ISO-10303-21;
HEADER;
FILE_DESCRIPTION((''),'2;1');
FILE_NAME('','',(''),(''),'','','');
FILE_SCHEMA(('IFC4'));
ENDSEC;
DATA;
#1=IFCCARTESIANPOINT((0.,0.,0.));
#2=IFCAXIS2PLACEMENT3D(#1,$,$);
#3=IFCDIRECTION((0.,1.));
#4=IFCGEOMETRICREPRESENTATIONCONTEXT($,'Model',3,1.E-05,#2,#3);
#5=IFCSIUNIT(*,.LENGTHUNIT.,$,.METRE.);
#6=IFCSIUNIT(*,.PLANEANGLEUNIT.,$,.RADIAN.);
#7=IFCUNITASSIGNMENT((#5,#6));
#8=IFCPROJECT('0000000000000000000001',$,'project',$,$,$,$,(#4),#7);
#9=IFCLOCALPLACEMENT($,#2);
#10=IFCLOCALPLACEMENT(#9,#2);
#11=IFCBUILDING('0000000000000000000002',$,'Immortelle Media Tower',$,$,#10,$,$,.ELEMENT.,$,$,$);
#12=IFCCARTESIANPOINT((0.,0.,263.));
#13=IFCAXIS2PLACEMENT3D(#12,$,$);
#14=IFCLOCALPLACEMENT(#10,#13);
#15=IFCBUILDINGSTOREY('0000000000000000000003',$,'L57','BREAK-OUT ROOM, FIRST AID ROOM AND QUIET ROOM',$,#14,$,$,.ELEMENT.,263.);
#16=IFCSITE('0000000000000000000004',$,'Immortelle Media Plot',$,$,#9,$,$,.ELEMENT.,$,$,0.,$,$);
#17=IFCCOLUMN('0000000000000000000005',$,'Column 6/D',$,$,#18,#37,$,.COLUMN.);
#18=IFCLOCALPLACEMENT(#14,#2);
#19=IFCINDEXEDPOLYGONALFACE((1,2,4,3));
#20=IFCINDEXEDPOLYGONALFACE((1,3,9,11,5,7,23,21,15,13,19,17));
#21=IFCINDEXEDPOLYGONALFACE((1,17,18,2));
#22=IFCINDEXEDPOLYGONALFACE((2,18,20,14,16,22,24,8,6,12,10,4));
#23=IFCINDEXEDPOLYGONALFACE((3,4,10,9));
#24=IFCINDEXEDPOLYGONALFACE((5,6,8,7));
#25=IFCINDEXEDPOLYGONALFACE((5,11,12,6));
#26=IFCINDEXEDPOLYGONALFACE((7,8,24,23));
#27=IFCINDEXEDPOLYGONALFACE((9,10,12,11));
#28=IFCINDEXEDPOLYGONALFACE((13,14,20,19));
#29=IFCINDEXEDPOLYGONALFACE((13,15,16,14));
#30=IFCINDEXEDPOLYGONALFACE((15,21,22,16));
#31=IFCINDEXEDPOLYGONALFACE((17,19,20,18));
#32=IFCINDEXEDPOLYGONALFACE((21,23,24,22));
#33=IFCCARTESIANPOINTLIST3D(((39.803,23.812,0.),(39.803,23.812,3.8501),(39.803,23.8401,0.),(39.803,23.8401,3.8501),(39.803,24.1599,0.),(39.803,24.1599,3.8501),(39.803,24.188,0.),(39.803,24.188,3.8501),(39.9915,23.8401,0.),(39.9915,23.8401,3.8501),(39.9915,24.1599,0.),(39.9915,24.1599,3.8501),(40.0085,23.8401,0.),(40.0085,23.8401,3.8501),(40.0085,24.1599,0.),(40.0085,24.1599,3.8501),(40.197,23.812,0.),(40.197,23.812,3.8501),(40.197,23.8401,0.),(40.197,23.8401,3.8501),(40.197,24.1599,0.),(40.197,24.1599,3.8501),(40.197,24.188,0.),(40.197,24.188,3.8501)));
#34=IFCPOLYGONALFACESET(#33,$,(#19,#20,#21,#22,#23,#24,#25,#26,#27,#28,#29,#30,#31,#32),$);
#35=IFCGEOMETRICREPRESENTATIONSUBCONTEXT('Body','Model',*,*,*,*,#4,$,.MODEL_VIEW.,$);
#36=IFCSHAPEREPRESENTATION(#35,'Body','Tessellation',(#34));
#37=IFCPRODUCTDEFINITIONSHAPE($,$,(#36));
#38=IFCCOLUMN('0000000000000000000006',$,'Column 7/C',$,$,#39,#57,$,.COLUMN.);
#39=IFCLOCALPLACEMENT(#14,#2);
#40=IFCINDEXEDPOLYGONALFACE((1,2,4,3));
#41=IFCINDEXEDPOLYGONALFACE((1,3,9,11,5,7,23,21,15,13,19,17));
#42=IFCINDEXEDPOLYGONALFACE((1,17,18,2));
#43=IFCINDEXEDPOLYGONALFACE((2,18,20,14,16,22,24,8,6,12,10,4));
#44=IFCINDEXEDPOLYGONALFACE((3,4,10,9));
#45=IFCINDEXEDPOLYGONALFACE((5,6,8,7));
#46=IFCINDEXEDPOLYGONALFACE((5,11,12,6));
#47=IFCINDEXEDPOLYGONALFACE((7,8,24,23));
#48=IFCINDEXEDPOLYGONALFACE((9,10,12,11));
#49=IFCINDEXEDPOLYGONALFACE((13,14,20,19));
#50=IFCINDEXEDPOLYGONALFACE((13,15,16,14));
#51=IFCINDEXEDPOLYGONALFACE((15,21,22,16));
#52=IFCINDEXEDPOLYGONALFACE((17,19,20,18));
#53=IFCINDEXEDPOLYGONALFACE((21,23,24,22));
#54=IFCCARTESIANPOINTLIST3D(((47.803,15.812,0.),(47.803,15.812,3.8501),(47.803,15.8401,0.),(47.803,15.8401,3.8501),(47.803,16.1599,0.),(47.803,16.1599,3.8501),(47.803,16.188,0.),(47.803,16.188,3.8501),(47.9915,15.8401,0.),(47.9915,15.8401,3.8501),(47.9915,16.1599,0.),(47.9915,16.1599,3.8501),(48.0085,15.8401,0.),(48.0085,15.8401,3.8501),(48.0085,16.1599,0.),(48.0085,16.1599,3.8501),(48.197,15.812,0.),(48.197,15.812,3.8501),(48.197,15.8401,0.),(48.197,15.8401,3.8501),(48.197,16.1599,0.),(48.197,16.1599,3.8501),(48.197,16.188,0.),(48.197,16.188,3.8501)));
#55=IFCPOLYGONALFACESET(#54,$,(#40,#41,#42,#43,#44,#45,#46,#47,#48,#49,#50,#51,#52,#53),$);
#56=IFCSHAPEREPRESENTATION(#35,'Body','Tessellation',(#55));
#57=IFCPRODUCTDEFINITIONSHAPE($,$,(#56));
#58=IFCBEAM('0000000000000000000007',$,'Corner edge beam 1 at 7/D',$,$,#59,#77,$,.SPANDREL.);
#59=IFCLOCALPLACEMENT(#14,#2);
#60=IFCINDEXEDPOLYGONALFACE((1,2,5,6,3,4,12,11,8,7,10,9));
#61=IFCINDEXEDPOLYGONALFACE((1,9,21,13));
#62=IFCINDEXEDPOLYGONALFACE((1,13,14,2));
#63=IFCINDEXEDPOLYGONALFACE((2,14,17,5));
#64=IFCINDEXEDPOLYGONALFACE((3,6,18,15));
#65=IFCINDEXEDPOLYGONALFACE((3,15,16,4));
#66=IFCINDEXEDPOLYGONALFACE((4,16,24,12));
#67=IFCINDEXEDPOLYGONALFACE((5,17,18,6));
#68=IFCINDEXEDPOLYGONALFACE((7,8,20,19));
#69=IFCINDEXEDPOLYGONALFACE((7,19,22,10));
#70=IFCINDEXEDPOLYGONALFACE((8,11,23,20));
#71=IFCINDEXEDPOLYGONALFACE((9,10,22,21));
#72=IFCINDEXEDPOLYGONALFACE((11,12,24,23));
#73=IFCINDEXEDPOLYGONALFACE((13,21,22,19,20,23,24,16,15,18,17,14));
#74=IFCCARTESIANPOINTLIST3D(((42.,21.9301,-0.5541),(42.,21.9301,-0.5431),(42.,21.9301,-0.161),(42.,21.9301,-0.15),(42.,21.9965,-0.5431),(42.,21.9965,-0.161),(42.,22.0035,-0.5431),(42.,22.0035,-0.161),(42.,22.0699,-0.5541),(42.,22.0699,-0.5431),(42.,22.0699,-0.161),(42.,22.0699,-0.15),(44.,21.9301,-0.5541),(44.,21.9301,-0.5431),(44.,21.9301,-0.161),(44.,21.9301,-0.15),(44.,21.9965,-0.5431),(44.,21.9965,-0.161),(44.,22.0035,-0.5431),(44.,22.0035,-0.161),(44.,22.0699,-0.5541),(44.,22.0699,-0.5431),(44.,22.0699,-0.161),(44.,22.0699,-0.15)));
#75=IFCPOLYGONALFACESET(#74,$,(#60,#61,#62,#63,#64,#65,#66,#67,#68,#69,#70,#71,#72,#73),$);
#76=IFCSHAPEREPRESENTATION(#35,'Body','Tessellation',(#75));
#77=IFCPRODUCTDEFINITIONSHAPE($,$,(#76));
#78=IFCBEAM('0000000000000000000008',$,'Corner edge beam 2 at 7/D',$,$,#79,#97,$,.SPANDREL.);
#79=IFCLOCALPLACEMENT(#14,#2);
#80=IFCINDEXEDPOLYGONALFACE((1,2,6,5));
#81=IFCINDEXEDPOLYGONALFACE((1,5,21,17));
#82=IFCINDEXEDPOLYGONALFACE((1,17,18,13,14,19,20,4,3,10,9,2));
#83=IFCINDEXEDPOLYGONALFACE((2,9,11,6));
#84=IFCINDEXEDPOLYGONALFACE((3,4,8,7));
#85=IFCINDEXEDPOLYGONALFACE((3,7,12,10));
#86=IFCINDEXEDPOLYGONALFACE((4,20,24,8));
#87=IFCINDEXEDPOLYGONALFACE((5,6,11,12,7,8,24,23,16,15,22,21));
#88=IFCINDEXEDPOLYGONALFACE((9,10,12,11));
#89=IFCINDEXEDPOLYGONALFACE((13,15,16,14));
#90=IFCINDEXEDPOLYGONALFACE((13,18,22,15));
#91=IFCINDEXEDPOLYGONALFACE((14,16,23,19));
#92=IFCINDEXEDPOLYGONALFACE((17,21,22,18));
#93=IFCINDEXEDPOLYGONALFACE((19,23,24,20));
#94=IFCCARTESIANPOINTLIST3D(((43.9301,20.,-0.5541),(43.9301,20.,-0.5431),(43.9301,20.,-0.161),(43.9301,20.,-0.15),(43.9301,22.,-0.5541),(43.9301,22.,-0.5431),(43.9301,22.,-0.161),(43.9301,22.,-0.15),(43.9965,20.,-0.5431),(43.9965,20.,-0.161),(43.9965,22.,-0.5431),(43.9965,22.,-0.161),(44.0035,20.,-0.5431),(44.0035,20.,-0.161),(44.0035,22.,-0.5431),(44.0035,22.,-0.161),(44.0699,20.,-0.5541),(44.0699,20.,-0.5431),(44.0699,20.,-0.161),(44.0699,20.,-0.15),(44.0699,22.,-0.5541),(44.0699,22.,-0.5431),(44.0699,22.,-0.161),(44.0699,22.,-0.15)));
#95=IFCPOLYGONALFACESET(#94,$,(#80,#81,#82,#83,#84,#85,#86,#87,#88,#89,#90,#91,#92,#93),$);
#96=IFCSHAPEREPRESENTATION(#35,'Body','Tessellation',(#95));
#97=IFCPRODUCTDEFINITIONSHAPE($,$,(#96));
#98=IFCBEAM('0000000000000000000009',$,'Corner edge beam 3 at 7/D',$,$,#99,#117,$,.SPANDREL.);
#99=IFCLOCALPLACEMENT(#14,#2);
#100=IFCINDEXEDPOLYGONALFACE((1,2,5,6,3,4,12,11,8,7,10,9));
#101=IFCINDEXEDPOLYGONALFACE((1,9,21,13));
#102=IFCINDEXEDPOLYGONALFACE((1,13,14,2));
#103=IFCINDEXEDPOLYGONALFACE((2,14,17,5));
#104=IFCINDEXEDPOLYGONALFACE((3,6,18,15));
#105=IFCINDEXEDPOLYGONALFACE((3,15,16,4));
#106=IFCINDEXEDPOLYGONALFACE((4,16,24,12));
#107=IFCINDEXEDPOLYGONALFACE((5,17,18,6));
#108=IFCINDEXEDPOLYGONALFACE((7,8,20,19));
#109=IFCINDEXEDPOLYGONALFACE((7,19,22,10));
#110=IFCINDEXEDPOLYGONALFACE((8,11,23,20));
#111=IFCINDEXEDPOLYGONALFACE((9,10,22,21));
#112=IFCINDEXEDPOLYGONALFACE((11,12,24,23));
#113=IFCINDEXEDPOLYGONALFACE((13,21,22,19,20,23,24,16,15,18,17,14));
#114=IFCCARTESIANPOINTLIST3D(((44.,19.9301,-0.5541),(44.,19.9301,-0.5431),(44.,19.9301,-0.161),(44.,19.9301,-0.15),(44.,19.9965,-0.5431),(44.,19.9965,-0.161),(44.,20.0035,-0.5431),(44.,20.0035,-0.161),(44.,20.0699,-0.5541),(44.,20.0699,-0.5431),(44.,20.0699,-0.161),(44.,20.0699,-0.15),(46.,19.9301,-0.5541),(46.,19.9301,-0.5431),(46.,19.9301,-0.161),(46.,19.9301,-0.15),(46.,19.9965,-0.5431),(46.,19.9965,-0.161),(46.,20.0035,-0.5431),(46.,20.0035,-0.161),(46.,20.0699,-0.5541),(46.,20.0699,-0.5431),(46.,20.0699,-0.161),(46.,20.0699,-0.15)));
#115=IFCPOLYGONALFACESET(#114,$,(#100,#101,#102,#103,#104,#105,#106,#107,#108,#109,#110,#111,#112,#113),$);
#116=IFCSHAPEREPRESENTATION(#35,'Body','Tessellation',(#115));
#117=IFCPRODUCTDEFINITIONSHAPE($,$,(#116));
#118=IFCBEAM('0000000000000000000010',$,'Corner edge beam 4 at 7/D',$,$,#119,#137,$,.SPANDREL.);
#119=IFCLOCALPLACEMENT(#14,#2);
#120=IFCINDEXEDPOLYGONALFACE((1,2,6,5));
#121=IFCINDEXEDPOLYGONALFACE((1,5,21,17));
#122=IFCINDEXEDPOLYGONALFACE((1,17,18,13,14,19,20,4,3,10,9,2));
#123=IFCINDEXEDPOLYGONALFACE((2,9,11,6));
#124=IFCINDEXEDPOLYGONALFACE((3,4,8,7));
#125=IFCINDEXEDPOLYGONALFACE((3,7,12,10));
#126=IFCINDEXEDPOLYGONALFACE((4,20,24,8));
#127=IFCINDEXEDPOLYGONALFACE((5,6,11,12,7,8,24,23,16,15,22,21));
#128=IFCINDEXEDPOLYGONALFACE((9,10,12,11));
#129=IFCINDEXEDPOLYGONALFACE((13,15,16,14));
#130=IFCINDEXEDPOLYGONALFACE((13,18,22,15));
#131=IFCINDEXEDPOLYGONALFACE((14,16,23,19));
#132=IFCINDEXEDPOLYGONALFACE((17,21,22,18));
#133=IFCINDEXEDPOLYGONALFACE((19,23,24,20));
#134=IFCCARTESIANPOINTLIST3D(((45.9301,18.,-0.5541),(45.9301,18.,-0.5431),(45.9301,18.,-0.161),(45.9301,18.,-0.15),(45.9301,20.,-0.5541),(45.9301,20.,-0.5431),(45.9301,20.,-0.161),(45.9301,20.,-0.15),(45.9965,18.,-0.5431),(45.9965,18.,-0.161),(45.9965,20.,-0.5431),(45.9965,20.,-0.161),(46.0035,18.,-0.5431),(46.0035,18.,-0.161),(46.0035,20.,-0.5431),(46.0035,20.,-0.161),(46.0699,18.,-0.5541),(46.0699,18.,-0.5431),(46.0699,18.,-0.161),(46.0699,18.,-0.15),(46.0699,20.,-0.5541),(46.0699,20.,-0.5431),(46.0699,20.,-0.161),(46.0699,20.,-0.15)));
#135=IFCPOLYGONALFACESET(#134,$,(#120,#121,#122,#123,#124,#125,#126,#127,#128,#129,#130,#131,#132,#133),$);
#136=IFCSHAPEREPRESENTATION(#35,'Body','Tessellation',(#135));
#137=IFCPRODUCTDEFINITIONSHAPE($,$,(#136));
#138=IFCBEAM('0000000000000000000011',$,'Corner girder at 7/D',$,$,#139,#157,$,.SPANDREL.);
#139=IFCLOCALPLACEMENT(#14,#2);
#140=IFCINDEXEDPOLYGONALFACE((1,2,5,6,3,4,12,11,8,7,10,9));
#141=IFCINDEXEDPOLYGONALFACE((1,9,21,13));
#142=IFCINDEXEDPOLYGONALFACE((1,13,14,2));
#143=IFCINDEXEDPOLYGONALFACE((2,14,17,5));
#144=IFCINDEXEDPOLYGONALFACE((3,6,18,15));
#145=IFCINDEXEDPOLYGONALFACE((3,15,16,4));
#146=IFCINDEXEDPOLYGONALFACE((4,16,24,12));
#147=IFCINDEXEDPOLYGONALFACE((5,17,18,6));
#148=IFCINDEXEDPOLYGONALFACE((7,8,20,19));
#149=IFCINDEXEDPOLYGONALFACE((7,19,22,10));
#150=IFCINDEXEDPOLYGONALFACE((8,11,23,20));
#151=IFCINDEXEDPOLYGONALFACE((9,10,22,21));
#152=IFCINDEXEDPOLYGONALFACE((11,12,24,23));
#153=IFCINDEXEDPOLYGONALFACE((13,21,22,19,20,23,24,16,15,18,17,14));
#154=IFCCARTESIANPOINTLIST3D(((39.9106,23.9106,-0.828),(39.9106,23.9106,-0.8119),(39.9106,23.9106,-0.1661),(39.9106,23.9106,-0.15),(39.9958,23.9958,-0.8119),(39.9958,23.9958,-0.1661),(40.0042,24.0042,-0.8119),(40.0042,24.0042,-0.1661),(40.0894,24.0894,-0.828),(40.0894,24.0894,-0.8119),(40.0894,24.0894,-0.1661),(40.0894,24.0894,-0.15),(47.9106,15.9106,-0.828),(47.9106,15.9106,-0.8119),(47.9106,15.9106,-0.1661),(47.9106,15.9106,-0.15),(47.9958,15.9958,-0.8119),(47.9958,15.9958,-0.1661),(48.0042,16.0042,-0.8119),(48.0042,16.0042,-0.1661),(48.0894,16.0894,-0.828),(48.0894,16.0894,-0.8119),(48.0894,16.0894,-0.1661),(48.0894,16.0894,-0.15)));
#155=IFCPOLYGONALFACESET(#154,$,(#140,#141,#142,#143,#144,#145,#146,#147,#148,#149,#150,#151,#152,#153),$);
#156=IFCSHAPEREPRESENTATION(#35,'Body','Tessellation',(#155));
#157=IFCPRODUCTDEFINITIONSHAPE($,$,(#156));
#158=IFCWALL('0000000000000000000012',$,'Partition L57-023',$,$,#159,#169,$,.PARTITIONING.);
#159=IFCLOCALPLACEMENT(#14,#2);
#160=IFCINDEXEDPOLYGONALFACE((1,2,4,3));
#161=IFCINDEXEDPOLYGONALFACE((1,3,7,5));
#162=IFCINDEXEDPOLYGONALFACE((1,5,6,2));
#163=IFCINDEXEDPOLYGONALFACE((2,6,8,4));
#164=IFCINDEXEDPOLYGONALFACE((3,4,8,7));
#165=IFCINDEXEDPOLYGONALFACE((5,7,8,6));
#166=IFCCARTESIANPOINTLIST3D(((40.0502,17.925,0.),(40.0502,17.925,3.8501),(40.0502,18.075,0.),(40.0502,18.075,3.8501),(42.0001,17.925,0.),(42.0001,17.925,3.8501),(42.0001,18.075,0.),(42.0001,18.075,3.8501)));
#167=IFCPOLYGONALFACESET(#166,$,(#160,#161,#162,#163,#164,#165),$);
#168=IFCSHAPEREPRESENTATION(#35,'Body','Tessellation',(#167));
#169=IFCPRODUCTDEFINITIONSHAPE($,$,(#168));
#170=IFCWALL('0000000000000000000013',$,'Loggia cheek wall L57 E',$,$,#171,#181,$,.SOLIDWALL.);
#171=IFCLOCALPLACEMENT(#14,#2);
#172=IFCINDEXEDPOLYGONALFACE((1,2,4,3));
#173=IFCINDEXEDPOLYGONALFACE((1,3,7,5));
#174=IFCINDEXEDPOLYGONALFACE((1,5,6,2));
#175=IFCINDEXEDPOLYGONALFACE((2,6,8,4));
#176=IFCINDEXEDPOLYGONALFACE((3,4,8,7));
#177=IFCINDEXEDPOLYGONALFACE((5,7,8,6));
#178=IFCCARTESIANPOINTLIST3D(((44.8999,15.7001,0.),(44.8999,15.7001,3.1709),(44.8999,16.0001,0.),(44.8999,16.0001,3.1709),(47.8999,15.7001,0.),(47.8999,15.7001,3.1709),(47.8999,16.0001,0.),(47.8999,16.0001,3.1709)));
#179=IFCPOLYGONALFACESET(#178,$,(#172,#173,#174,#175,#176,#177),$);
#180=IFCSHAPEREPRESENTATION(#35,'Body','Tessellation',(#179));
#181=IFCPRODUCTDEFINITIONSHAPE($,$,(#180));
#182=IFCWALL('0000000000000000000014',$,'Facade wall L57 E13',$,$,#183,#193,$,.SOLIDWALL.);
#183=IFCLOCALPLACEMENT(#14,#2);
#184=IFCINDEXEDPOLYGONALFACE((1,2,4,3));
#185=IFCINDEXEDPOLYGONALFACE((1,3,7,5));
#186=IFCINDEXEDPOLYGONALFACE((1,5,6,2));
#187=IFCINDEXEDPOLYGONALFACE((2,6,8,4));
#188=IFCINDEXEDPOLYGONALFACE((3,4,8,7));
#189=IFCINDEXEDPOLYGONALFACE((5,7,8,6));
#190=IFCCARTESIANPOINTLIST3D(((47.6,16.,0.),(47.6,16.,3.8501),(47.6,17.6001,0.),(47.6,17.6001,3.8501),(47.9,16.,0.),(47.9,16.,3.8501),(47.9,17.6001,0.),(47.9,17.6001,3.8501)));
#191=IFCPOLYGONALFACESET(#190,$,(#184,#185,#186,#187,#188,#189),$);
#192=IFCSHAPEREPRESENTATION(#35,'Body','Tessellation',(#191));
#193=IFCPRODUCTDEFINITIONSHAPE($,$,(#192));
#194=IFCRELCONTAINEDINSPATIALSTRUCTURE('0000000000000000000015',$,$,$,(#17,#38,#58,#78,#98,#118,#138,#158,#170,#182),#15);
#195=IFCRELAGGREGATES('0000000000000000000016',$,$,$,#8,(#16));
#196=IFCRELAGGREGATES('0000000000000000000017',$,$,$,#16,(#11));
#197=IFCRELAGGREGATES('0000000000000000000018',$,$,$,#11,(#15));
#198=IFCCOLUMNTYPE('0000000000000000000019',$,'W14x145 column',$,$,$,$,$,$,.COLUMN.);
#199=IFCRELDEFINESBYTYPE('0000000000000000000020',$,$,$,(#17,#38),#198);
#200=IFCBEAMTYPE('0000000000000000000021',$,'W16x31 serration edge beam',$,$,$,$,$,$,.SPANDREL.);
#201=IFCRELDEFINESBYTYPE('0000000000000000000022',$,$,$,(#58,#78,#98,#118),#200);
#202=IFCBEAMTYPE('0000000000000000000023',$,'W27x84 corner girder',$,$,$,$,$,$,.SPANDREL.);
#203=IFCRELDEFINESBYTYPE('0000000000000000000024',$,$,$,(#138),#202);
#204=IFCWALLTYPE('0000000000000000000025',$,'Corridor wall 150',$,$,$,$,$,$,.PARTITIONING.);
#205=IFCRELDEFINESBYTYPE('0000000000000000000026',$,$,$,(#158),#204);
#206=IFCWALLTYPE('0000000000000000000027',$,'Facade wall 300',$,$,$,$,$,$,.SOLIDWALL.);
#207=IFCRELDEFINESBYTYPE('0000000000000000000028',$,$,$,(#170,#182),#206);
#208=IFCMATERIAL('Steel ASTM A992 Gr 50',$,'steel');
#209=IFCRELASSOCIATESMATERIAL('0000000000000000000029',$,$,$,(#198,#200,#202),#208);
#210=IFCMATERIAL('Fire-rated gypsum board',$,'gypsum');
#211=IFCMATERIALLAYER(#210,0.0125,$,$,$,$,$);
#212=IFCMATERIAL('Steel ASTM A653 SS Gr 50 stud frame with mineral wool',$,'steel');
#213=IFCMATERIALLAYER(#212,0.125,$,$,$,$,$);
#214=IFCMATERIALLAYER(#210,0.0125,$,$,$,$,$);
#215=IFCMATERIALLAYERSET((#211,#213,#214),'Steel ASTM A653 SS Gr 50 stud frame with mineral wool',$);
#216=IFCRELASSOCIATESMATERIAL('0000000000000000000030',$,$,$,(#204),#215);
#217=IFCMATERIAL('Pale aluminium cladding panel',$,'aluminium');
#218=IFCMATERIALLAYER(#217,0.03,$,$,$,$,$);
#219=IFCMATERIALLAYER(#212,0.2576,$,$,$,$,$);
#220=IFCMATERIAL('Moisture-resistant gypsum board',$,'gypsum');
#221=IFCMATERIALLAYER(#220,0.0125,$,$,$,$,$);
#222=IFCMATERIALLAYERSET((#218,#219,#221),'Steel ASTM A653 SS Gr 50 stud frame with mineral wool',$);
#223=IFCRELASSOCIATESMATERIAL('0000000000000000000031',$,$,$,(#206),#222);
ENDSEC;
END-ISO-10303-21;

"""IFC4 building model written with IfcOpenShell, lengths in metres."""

from ifc_helpers import new_model, si_unit, direction, frame, frame_2d, origin, origin_2d, place, context, subcontext, project, spatial, rectangle, i_section, extrude, material, layer, layer_set, material_profile, profile_set, type_object, element, save


model = new_model("IFC4")

# Units and contexts
model_context = context("Model", 3, precision=1e-05, world=origin(), true_north=direction((0.0, 1.0)))
body_context = subcontext(model_context, "Body", "Model", "MODEL_VIEW")
ifc_project = project(units=[si_unit("LENGTHUNIT", "METRE"), si_unit("PLANEANGLEUNIT", "RADIAN")], contexts=[model_context])

# Site, building, storey
site_placement = place(None, origin())
site = spatial("IfcSite", under=ifc_project, at=site_placement, Name="Immortelle Media Plot", CompositionType="ELEMENT", RefElevation=0.0)
building_placement = place(site_placement, origin())
building = spatial("IfcBuilding", under=site, at=building_placement, Name="Immortelle Media Tower", CompositionType="ELEMENT")
storey_placement = place(building_placement, frame((0.0, 0.0, 263.0)))
storey = spatial("IfcBuildingStorey", under=building, at=storey_placement, Name="L57", Description="BREAK-OUT ROOM, FIRST AID ROOM AND QUIET ROOM", CompositionType="ELEMENT", Elevation=263.0)

# Columns
ifc_material_1 = material(Name="Steel ASTM A992 Gr 50", Category="steel")
ifc_material_profile_1 = material_profile(ifc_material_1, i_section(OverallWidth=0.394, OverallDepth=0.376, WebThickness=0.0171, FlangeThickness=0.0281, at=origin_2d()), Name="W14x145")
ifc_profile_set_1 = profile_set([ifc_material_profile_1], Name="Steel ASTM A992 Gr 50")
column_type = type_object("IfcColumnType", Name="W14x145 column", PredefinedType="COLUMN", material=ifc_profile_set_1)
for number, where, z_axis, x_axis, name in (
    (1, (40.0, 24.0, 0.0), (0.0, 0.0, 1.0), (1.0, 0.0, 0.0), "Column 6/D"),
    (2, (48.0, 16.0, 0.0), (0.0, 0.0, 1.0), (1.0, 0.0, 0.0), "Column 7/C"),
):
    element("IfcColumn", number, at=place(storey_placement, frame(where, z_axis=z_axis, x_axis=x_axis)), inside=storey, type_object=column_type, Name=name, PredefinedType="COLUMN", context=body_context, shape_type="SweptSolid", body=[
        extrude(i_section(OverallWidth=0.394, OverallDepth=0.376, WebThickness=0.0171, FlangeThickness=0.0281, at=origin_2d()), origin(), (0.0, 0.0, 1.0), 3.8501),
    ])

# Beams
ifc_material_profile_2 = material_profile(ifc_material_1, i_section(OverallWidth=0.1399, OverallDepth=0.4041, WebThickness=0.0071, FlangeThickness=0.011, at=origin_2d()), Name="W16x31")
ifc_profile_set_2 = profile_set([ifc_material_profile_2], Name="Steel ASTM A992 Gr 50")
beam_type_1 = type_object("IfcBeamType", Name="W16x31 serration edge beam", PredefinedType="SPANDREL", material=ifc_profile_set_2)
for number, where, z_axis, x_axis, name in (
    (3, (42.0, 22.0, -0.3521), (1.0, 0.0, 0.0), (0.0, 1.0, 0.0), "Corner edge beam 1 at 7/D"),
    (4, (44.0, 22.0, -0.3521), (0.0, -1.0, 0.0), (1.0, 0.0, 0.0), "Corner edge beam 2 at 7/D"),
    (5, (44.0, 20.0, -0.3521), (1.0, 0.0, 0.0), (0.0, 1.0, 0.0), "Corner edge beam 3 at 7/D"),
    (6, (46.0, 20.0, -0.3521), (0.0, -1.0, 0.0), (1.0, 0.0, 0.0), "Corner edge beam 4 at 7/D"),
):
    element("IfcBeam", number, at=place(storey_placement, frame(where, z_axis=z_axis, x_axis=x_axis)), inside=storey, type_object=beam_type_1, Name=name, PredefinedType="SPANDREL", context=body_context, shape_type="SweptSolid", body=[
        extrude(i_section(OverallWidth=0.1399, OverallDepth=0.4041, WebThickness=0.0071, FlangeThickness=0.011, at=origin_2d()), origin(), (0.0, 0.0, 1.0), 2.0),
    ])
ifc_material_profile_3 = material_profile(ifc_material_1, i_section(OverallWidth=0.2529, OverallDepth=0.678, WebThickness=0.012, FlangeThickness=0.0161, at=origin_2d()), Name="W27x84")
ifc_profile_set_3 = profile_set([ifc_material_profile_3], Name="Steel ASTM A992 Gr 50")
beam_type_2 = type_object("IfcBeamType", Name="W27x84 corner girder", PredefinedType="SPANDREL", material=ifc_profile_set_3)
beam_placement = place(storey_placement, frame((40.0, 24.0, -0.489), z_axis=(0.707107, -0.707107, 0.0), x_axis=(0.707107, 0.707107, 0.0)))
element("IfcBeam", 7, at=beam_placement, inside=storey, type_object=beam_type_2, Name="Corner girder at 7/D", PredefinedType="SPANDREL", context=body_context, shape_type="SweptSolid", body=[
    extrude(i_section(OverallWidth=0.2529, OverallDepth=0.678, WebThickness=0.012, FlangeThickness=0.0161, at=origin_2d()), origin(), (0.0, 0.0, 1.0), 11.3137),
])

# Walls
ifc_material_2 = material(Name="Fire-rated gypsum board", Category="gypsum")
ifc_layer_1 = layer(ifc_material_2, 0.0125)
ifc_material_3 = material(Name="Steel ASTM A653 SS Gr 50 stud frame with mineral wool", Category="steel")
ifc_layer_2 = layer(ifc_material_3, 0.125)
ifc_layer_3 = layer(ifc_material_2, 0.0125)
ifc_layer_set_1 = layer_set([ifc_layer_1, ifc_layer_2, ifc_layer_3], Name="Steel ASTM A653 SS Gr 50 stud frame with mineral wool")
wall_type_1 = type_object("IfcWallType", Name="Corridor wall 150", PredefinedType="PARTITIONING", material=ifc_layer_set_1)
wall_1_placement = place(storey_placement, frame((40.05, 18.0, 0.0), z_axis=(0.0, 0.0, 1.0), x_axis=(1.0, 0.0, 0.0)))
element("IfcWall", 8, at=wall_1_placement, inside=storey, type_object=wall_type_1, Name="Partition L57-023", PredefinedType="PARTITIONING", context=body_context, shape_type="SweptSolid", body=[
    extrude(rectangle(XDim=1.95, YDim=0.1499, at=frame_2d((0.9751, 0.0))), origin(), (0.0, 0.0, 1.0), 3.8501),
])
ifc_material_4 = material(Name="Pale aluminium cladding panel", Category="aluminium")
ifc_layer_4 = layer(ifc_material_4, 0.03)
ifc_layer_5 = layer(ifc_material_3, 0.2576)
ifc_material_5 = material(Name="Moisture-resistant gypsum board", Category="gypsum")
ifc_layer_6 = layer(ifc_material_5, 0.0125)
ifc_layer_set_2 = layer_set([ifc_layer_4, ifc_layer_5, ifc_layer_6], Name="Steel ASTM A653 SS Gr 50 stud frame with mineral wool")
wall_type_2 = type_object("IfcWallType", Name="Facade wall 300", PredefinedType="SOLIDWALL", material=ifc_layer_set_2)
wall_2_placement = place(storey_placement, frame((47.8999, 15.8501, 0.0), z_axis=(0.0, 0.0, 1.0), x_axis=(-1.0, 0.0, 0.0)))
element("IfcWall", 9, at=wall_2_placement, inside=storey, type_object=wall_type_2, Name="Loggia cheek wall L57 E", PredefinedType="SOLIDWALL", context=body_context, shape_type="SweptSolid", body=[
    extrude(rectangle(XDim=3.0, YDim=0.3, at=frame_2d((1.5, 0.0))), origin(), (0.0, 0.0, 1.0), 3.1709),
])
wall_3_placement = place(storey_placement, frame((47.75, 16.0, 0.0), z_axis=(0.0, 0.0, 1.0), x_axis=(0.0, 1.0, 0.0)))
element("IfcWall", 10, at=wall_3_placement, inside=storey, type_object=wall_type_2, Name="Facade wall L57 E13", PredefinedType="SOLIDWALL", context=body_context, shape_type="SweptSolid", body=[
    extrude(rectangle(XDim=1.6001, YDim=0.3, at=frame_2d((0.8, 0.0))), origin(), (0.0, 0.0, 1.0), 3.8501),
])

save(model, "model.ifc")
